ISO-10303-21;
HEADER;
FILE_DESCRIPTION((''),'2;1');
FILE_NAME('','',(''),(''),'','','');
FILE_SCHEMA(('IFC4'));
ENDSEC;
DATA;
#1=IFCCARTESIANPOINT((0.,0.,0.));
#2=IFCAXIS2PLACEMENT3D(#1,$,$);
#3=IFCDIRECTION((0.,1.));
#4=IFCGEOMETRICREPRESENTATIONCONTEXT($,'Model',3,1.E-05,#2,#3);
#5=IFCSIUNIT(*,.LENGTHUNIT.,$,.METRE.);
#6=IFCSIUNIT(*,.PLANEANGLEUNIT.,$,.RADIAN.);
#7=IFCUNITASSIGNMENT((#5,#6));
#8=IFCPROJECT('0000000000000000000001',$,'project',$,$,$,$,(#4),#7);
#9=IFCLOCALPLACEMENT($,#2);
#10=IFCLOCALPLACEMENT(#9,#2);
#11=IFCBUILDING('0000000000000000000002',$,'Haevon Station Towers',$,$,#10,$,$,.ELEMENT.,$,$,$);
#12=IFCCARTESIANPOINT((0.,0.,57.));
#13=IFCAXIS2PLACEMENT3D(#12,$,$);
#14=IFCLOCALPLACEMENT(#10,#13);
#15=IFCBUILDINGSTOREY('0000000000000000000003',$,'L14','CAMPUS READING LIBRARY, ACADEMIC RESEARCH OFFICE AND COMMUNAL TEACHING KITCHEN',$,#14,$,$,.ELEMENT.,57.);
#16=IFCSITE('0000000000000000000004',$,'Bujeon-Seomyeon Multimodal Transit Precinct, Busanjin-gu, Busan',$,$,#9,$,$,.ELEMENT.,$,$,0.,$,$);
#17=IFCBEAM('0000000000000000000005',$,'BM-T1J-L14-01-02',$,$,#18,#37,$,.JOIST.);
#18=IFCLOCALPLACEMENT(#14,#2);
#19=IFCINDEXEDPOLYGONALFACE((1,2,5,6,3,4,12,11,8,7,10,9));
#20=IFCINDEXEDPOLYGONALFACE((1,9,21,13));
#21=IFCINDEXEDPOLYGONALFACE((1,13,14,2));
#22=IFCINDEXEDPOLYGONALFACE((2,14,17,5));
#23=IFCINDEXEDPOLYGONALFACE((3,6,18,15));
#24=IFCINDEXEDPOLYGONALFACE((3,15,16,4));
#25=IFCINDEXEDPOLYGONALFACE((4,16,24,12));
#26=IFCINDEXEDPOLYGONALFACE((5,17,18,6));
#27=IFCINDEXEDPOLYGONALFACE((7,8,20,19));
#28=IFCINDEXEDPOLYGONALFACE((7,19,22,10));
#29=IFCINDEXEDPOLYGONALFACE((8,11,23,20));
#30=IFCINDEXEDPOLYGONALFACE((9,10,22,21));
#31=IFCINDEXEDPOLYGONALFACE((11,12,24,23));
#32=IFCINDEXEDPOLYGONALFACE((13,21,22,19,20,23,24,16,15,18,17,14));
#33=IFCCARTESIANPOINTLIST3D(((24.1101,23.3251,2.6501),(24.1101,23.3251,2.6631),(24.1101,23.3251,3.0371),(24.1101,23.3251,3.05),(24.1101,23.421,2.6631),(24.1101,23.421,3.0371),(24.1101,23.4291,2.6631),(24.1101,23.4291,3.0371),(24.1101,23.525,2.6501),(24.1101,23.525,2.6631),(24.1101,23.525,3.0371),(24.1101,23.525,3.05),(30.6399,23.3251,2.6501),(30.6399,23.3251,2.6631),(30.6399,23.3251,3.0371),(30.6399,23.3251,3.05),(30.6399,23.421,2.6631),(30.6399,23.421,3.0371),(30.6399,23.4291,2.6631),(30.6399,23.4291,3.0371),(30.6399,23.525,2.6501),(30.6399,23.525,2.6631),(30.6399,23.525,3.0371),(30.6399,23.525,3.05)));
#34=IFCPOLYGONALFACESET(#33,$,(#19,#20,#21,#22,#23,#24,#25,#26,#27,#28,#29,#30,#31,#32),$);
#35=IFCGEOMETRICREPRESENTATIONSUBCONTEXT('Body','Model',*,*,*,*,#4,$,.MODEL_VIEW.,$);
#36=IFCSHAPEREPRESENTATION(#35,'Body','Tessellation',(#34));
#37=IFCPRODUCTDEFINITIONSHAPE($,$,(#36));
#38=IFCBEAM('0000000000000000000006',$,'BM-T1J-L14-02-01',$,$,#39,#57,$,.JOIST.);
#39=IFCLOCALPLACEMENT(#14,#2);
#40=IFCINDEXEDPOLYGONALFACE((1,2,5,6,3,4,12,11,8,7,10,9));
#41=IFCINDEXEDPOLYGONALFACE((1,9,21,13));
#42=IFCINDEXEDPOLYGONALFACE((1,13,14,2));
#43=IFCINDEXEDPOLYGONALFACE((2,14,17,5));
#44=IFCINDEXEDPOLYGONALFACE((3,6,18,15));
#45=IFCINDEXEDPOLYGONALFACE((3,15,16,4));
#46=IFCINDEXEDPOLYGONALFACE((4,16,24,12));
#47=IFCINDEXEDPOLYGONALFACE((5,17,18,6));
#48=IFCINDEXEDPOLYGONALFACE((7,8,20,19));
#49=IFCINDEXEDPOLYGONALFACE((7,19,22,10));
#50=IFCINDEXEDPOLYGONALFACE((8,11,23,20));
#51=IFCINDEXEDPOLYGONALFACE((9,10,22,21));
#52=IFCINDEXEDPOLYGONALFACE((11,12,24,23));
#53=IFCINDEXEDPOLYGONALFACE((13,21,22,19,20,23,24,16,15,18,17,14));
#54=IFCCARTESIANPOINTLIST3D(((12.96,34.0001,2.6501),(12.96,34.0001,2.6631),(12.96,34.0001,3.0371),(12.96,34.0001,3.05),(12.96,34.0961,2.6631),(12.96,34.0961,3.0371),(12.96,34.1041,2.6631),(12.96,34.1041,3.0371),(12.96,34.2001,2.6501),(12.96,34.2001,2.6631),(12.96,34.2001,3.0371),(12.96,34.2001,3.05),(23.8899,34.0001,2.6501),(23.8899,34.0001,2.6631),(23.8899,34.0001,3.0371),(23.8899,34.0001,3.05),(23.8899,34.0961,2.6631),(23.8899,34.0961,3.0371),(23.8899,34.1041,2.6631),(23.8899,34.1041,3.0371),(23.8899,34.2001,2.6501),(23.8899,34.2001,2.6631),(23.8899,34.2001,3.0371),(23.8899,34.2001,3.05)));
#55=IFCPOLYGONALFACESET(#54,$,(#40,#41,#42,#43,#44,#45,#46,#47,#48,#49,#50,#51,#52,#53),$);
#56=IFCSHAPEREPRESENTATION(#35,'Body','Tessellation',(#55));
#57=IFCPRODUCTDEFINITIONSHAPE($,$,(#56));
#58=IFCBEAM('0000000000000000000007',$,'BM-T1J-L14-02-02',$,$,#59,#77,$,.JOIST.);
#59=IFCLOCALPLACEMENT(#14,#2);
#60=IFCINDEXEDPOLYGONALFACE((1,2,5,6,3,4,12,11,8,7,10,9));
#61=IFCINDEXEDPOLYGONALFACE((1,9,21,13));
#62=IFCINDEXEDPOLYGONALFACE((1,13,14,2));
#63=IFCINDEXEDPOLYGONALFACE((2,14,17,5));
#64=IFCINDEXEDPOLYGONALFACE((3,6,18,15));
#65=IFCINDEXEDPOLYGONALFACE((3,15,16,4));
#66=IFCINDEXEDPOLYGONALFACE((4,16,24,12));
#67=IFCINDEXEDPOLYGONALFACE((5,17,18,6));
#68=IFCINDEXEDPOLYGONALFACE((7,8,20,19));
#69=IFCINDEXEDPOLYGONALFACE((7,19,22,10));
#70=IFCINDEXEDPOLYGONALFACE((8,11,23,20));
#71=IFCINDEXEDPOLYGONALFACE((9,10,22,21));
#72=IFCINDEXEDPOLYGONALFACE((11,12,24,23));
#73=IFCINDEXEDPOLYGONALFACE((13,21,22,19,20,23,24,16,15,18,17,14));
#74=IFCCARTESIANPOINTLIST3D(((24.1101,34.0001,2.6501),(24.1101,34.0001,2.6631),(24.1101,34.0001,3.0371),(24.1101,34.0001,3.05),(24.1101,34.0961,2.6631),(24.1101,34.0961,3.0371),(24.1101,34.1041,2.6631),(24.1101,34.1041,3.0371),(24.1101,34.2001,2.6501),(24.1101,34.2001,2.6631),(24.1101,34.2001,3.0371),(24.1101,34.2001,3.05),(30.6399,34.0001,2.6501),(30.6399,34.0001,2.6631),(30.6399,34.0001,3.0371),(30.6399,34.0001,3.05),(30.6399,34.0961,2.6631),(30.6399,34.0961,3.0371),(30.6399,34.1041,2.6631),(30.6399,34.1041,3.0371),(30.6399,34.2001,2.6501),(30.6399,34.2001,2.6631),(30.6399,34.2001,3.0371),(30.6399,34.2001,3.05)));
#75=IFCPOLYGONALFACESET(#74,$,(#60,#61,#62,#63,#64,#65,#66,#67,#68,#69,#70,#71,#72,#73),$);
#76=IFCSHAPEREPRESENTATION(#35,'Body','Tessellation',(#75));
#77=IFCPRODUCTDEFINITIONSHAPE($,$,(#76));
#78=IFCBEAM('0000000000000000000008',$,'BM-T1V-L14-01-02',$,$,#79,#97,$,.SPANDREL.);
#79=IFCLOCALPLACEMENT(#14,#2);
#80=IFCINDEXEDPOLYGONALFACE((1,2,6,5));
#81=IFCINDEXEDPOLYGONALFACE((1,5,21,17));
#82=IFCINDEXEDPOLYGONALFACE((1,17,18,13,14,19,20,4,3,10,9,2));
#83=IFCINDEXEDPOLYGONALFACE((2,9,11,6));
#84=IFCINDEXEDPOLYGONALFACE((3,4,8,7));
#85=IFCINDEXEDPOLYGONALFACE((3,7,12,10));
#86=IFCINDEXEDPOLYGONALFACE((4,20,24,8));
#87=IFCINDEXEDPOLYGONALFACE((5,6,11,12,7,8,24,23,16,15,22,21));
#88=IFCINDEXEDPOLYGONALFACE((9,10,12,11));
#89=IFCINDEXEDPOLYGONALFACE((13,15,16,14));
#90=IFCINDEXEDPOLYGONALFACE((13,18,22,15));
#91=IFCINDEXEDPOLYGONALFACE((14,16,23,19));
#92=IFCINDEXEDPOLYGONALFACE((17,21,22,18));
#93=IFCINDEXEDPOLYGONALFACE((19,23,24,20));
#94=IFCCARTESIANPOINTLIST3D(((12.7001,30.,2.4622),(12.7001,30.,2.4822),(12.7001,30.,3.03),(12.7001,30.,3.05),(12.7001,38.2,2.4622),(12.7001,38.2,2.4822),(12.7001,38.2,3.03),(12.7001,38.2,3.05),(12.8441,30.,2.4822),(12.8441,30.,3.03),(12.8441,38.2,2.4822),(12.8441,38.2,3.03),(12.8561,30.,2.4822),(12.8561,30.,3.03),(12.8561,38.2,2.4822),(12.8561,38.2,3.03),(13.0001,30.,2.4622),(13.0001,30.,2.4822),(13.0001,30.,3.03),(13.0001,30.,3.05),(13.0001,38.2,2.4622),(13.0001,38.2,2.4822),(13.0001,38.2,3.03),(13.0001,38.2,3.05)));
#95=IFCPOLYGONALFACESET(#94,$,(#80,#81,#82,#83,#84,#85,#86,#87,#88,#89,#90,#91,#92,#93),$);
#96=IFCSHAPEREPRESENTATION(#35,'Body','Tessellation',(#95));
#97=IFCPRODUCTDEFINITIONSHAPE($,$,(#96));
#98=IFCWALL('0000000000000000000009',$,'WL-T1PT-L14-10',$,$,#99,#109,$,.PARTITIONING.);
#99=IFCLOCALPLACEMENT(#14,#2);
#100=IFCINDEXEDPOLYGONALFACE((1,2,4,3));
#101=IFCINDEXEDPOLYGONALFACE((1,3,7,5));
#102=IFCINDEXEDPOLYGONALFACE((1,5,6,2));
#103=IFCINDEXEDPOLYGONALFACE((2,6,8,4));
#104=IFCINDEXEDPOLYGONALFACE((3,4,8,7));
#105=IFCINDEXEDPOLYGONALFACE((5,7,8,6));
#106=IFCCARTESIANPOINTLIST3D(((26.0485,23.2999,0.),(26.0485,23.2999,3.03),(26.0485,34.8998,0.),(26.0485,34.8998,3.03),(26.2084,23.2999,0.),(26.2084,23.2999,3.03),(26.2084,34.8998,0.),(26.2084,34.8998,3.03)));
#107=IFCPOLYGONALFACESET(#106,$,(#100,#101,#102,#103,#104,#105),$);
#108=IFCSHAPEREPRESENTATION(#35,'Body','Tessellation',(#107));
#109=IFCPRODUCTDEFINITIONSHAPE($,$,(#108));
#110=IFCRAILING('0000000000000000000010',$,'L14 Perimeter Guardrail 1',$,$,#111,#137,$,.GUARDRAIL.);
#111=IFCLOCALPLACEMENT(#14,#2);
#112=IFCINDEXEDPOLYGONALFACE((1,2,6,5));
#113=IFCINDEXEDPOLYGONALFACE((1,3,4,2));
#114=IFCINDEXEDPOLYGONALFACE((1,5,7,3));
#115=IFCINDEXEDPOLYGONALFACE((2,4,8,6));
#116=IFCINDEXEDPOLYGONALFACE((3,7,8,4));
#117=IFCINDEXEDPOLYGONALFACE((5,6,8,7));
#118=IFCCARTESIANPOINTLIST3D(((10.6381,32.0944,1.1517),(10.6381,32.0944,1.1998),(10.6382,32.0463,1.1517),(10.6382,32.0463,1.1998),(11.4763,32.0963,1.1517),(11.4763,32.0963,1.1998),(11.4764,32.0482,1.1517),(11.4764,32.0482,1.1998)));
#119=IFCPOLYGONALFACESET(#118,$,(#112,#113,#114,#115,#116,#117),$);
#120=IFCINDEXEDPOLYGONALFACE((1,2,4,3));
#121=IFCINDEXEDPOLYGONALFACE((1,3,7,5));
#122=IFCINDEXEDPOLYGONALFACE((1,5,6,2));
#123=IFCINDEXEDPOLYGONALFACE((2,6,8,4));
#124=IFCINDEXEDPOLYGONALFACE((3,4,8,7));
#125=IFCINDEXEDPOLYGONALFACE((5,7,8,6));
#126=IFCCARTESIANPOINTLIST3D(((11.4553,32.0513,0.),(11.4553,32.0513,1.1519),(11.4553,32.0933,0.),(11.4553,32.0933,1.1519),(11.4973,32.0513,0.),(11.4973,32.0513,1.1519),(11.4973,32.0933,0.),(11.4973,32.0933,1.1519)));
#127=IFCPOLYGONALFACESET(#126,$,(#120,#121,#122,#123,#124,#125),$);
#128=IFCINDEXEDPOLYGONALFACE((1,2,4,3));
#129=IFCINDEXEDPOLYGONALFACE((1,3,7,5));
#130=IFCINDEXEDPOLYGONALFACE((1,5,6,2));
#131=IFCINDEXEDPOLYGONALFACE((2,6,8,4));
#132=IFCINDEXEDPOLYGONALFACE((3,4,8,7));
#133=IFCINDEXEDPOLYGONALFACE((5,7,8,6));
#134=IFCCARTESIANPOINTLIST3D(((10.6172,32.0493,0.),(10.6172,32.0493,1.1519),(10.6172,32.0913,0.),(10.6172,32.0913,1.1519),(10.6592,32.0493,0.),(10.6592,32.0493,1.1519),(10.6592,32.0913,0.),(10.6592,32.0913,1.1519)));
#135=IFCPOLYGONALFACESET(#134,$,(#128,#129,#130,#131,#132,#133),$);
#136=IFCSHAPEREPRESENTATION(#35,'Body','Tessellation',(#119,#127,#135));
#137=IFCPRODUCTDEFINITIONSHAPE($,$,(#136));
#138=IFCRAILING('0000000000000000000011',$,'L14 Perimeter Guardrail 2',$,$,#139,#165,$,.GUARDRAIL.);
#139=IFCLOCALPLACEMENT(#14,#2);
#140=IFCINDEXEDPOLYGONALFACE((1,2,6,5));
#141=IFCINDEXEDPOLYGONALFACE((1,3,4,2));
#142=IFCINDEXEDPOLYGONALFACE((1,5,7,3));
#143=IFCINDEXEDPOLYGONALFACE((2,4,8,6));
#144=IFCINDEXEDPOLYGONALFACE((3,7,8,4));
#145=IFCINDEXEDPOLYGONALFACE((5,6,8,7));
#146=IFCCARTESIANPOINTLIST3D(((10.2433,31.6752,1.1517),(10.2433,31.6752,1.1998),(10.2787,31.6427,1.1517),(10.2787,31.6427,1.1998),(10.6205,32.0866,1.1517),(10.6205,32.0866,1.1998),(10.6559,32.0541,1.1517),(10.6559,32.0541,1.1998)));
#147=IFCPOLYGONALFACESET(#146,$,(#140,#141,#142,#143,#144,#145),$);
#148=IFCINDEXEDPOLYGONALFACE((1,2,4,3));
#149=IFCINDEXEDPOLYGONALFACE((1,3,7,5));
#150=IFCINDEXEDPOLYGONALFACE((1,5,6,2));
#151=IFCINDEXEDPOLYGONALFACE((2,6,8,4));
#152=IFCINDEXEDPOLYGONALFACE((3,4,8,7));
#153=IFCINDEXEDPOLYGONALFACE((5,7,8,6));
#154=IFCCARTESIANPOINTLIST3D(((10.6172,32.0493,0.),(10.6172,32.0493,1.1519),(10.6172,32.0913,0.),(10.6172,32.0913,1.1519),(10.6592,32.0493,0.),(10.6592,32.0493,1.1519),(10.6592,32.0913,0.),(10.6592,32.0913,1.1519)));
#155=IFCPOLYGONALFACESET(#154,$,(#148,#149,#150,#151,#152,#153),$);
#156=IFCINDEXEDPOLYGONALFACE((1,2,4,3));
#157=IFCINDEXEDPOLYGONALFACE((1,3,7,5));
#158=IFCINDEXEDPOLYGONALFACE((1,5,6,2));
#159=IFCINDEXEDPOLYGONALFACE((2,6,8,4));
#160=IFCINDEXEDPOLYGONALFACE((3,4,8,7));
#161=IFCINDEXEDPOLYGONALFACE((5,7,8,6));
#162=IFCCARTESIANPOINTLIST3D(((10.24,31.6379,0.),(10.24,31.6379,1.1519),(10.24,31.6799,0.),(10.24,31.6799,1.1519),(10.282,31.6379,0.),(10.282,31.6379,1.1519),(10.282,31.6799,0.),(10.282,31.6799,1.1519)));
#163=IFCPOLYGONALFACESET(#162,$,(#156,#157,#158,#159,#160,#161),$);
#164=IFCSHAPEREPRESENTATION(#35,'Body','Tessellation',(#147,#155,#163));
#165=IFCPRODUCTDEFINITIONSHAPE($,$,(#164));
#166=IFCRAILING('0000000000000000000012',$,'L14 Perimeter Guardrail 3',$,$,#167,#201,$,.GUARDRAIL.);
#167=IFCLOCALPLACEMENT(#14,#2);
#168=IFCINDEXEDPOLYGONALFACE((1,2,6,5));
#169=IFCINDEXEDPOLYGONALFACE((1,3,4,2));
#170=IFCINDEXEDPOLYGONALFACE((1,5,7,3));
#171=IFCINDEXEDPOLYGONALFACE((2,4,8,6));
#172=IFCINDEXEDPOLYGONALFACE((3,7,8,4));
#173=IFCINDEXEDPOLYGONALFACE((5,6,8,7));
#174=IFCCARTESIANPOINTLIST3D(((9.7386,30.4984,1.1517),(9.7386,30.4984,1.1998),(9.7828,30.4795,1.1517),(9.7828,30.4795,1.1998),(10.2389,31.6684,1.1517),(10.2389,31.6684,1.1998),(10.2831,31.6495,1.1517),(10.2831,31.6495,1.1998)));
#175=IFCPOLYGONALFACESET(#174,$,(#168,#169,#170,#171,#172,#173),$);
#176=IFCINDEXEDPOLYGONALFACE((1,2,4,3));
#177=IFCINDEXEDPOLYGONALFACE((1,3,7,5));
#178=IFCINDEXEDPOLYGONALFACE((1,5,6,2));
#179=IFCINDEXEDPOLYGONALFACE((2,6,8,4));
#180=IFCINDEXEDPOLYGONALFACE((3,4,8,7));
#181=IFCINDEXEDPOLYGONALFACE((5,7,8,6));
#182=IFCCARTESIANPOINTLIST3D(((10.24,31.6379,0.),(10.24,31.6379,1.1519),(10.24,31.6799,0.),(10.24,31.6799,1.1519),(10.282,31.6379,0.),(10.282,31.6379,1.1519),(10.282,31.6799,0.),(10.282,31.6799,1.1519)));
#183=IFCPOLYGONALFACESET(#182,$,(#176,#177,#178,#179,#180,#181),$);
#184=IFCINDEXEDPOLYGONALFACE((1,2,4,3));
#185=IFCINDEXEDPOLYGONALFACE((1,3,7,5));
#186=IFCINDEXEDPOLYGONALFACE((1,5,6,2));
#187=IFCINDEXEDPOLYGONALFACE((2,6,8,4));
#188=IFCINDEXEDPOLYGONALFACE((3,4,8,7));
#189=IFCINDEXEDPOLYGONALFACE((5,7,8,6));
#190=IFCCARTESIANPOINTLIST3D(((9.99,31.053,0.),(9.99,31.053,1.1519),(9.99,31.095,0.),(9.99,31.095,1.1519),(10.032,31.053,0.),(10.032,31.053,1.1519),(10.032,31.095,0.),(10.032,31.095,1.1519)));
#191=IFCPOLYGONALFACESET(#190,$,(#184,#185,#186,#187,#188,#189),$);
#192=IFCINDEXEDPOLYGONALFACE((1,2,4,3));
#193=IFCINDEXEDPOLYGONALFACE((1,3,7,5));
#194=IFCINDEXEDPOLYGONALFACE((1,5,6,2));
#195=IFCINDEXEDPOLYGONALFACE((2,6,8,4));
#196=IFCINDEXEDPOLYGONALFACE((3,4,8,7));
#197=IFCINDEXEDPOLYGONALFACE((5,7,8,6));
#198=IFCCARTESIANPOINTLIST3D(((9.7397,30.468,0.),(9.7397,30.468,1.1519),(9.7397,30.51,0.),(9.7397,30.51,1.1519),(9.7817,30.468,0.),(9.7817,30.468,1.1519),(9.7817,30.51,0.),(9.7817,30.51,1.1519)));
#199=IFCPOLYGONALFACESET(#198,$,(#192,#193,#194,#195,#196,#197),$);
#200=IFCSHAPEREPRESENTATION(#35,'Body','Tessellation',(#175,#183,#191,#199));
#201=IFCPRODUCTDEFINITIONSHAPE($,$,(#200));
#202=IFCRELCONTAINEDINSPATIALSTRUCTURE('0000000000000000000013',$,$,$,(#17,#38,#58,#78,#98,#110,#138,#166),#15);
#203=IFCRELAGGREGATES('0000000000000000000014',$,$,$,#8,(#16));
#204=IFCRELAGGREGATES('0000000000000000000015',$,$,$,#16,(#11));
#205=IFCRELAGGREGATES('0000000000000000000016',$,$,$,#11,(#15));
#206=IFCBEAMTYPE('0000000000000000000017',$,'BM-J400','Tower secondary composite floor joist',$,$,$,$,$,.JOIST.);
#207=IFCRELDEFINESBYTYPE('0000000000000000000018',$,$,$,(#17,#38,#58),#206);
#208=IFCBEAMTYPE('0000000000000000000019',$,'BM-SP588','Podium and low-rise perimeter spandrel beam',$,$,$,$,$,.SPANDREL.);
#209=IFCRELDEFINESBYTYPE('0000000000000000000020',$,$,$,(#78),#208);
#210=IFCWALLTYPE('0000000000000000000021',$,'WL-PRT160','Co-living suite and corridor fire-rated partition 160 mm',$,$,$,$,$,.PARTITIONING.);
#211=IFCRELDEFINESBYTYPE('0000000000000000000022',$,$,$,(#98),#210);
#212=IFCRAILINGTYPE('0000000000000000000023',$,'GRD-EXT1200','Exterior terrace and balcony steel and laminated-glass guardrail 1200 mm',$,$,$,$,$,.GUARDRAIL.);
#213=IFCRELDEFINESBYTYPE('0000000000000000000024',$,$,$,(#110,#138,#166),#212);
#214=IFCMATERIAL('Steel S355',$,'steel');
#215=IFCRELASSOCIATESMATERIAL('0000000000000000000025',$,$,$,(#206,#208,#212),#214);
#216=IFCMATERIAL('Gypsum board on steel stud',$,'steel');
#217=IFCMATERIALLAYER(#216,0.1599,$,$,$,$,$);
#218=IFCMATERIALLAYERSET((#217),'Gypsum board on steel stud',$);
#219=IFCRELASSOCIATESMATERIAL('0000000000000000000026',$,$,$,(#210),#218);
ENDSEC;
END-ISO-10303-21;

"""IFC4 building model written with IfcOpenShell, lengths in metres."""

from ifc_helpers import new_model, si_unit, direction, frame, frame_2d, origin, origin_2d, place, context, subcontext, project, spatial, rectangle, i_section, extrude, material, layer, layer_set, material_profile, profile_set, type_object, element, save


model = new_model("IFC4")

# Units and contexts
model_context = context("Model", 3, precision=1e-05, world=origin(), true_north=direction((0.0, 1.0)))
body_context = subcontext(model_context, "Body", "Model", "MODEL_VIEW")
ifc_project = project(units=[si_unit("LENGTHUNIT", "METRE"), si_unit("PLANEANGLEUNIT", "RADIAN")], contexts=[model_context])

# Site, building, storey
site_placement = place(None, origin())
site = spatial("IfcSite", under=ifc_project, at=site_placement, Name="Bujeon-Seomyeon Multimodal Transit Precinct, Busanjin-gu, Busan", CompositionType="ELEMENT", RefElevation=0.0)
building_placement = place(site_placement, origin())
building = spatial("IfcBuilding", under=site, at=building_placement, Name="Haevon Station Towers", CompositionType="ELEMENT")
storey_placement = place(building_placement, frame((0.0, 0.0, 57.0)))
storey = spatial("IfcBuildingStorey", under=building, at=storey_placement, Name="L14", Description="CAMPUS READING LIBRARY, ACADEMIC RESEARCH OFFICE AND COMMUNAL TEACHING KITCHEN", CompositionType="ELEMENT", Elevation=57.0)

# Beams
ifc_material_1 = material(Name="Steel S355", Category="steel")
ifc_material_profile_1 = material_profile(ifc_material_1, i_section(OverallWidth=0.2, OverallDepth=0.3999, WebThickness=0.0081, FlangeThickness=0.0129, at=origin_2d()), Name="H-400x200x8x13")
ifc_profile_set_1 = profile_set([ifc_material_profile_1], Name="Steel S355")
beam_type_1 = type_object("IfcBeamType", Name="BM-J400", Description="Tower secondary composite floor joist", PredefinedType="JOIST", material=ifc_profile_set_1)
beam_1_placement = place(storey_placement, frame((24.1101, 23.425, 2.8501), z_axis=(1.0, 0.0, 0.0), x_axis=(0.0, 1.0, 0.0)))
element("IfcBeam", 1, at=beam_1_placement, inside=storey, type_object=beam_type_1, Name="BM-T1J-L14-01-02", PredefinedType="JOIST", context=body_context, shape_type="SweptSolid", body=[
    extrude(i_section(OverallWidth=0.2, OverallDepth=0.3999, WebThickness=0.0081, FlangeThickness=0.0129, at=origin_2d()), origin(), (0.0, 0.0, 1.0), 6.5298),
])
beam_2_placement = place(storey_placement, frame((12.96, 34.1001, 2.8501), z_axis=(1.0, 0.0, 0.0), x_axis=(0.0, 1.0, 0.0)))
element("IfcBeam", 2, at=beam_2_placement, inside=storey, type_object=beam_type_1, Name="BM-T1J-L14-02-01", PredefinedType="JOIST", context=body_context, shape_type="SweptSolid", body=[
    extrude(i_section(OverallWidth=0.2, OverallDepth=0.3999, WebThickness=0.0081, FlangeThickness=0.0129, at=origin_2d()), origin(), (0.0, 0.0, 1.0), 10.9299),
])
beam_3_placement = place(storey_placement, frame((24.1101, 34.1001, 2.8501), z_axis=(1.0, 0.0, 0.0), x_axis=(0.0, 1.0, 0.0)))
element("IfcBeam", 3, at=beam_3_placement, inside=storey, type_object=beam_type_1, Name="BM-T1J-L14-02-02", PredefinedType="JOIST", context=body_context, shape_type="SweptSolid", body=[
    extrude(i_section(OverallWidth=0.2, OverallDepth=0.3999, WebThickness=0.0081, FlangeThickness=0.0129, at=origin_2d()), origin(), (0.0, 0.0, 1.0), 6.5298),
])
ifc_material_profile_2 = material_profile(ifc_material_1, i_section(OverallWidth=0.3, OverallDepth=0.5879, WebThickness=0.012, FlangeThickness=0.02, at=origin_2d()), Name="H-588x300x12x20")
ifc_profile_set_2 = profile_set([ifc_material_profile_2], Name="Steel S355")
beam_type_2 = type_object("IfcBeamType", Name="BM-SP588", Description="Podium and low-rise perimeter spandrel beam", PredefinedType="SPANDREL", material=ifc_profile_set_2)
beam_4_placement = place(storey_placement, frame((12.8501, 30.0, 2.7561), z_axis=(0.0, 1.0, 0.0), x_axis=(-1.0, 0.0, 0.0)))
element("IfcBeam", 4, at=beam_4_placement, inside=storey, type_object=beam_type_2, Name="BM-T1V-L14-01-02", PredefinedType="SPANDREL", context=body_context, shape_type="SweptSolid", body=[
    extrude(i_section(OverallWidth=0.3, OverallDepth=0.5879, WebThickness=0.012, FlangeThickness=0.02, at=origin_2d()), origin(), (0.0, 0.0, 1.0), 8.2),
])

# Wall
ifc_material_2 = material(Name="Gypsum board on steel stud", Category="steel")
ifc_layer_1 = layer(ifc_material_2, 0.1599)
ifc_layer_set_1 = layer_set([ifc_layer_1], Name="Gypsum board on steel stud")
wall_type = type_object("IfcWallType", Name="WL-PRT160", Description="Co-living suite and corridor fire-rated partition 160 mm", PredefinedType="PARTITIONING", material=ifc_layer_set_1)
wall_placement = place(storey_placement, frame((26.1284, 23.3, 0.0), z_axis=(0.0, 0.0, 1.0), x_axis=(0.0, 1.0, 0.0)))
element("IfcWall", 5, at=wall_placement, inside=storey, type_object=wall_type, Name="WL-T1PT-L14-10", PredefinedType="PARTITIONING", context=body_context, shape_type="SweptSolid", body=[
    extrude(rectangle(XDim=11.5999, YDim=0.1599, at=frame_2d((5.7998, 0.0))), origin(), (0.0, 0.0, 1.0), 3.03),
])

# Railings
railing_type = type_object("IfcRailingType", Name="GRD-EXT1200", Description="Exterior terrace and balcony steel and laminated-glass guardrail 1200 mm", PredefinedType="GUARDRAIL", material=ifc_material_1)
railing_1_placement = place(storey_placement, frame((11.4763, 32.0723, 0.0)))
element("IfcRailing", 6, at=railing_1_placement, inside=storey, type_object=railing_type, Name="L14 Perimeter Guardrail 1", PredefinedType="GUARDRAIL", context=body_context, shape_type="SweptSolid", body=[
    extrude(rectangle(XDim=0.0481, YDim=0.0481, at=origin_2d()), frame((0.0, 0.0, 1.1758), z_axis=(-0.999997, -0.00233, 0.0), x_axis=(0.00233, -0.999997, 0.0)), (0.0, 0.0, 1.0), 0.8381),
    extrude(rectangle(XDim=0.042, YDim=0.042, at=origin_2d()), origin(), (0.0, 0.0, 1.0), 1.1519),
    extrude(rectangle(XDim=0.042, YDim=0.042, at=origin_2d()), frame((-0.8381, -0.002, 0.0)), (0.0, 0.0, 1.0), 1.1519),
])
railing_2_placement = place(storey_placement, frame((10.6382, 32.0703, 0.0)))
element("IfcRailing", 7, at=railing_2_placement, inside=storey, type_object=railing_type, Name="L14 Perimeter Guardrail 2", PredefinedType="GUARDRAIL", context=body_context, shape_type="SweptSolid", body=[
    extrude(rectangle(XDim=0.0481, YDim=0.0481, at=origin_2d()), frame((0.0, 0.0, 1.1758), z_axis=(-0.675824, -0.737063, 0.0), x_axis=(0.737063, -0.675824, 0.0)), (0.0, 0.0, 1.0), 0.5581),
    extrude(rectangle(XDim=0.042, YDim=0.042, at=origin_2d()), origin(), (0.0, 0.0, 1.0), 1.1519),
    extrude(rectangle(XDim=0.042, YDim=0.042, at=origin_2d()), frame((-0.3772, -0.4114, 0.0)), (0.0, 0.0, 1.0), 1.1519),
])
railing_3_placement = place(storey_placement, frame((10.261, 31.6589, 0.0)))
element("IfcRailing", 8, at=railing_3_placement, inside=storey, type_object=railing_type, Name="L14 Perimeter Guardrail 3", PredefinedType="GUARDRAIL", context=body_context, shape_type="SweptSolid", body=[
    extrude(rectangle(XDim=0.0481, YDim=0.0481, at=origin_2d()), frame((0.0, 0.0, 1.1758), z_axis=(-0.393155, -0.919472, 0.0), x_axis=(0.919472, -0.393155, 0.0)), (0.0, 0.0, 1.0), 1.2725),
    extrude(rectangle(XDim=0.042, YDim=0.042, at=origin_2d()), origin(), (0.0, 0.0, 1.0), 1.1519),
    extrude(rectangle(XDim=0.042, YDim=0.042, at=origin_2d()), frame((-0.25, -0.585, 0.0)), (0.0, 0.0, 1.0), 1.1519),
    extrude(rectangle(XDim=0.042, YDim=0.042, at=origin_2d()), frame((-0.5002, -1.1699, 0.0)), (0.0, 0.0, 1.0), 1.1519),
])

save(model, "model.ifc")
